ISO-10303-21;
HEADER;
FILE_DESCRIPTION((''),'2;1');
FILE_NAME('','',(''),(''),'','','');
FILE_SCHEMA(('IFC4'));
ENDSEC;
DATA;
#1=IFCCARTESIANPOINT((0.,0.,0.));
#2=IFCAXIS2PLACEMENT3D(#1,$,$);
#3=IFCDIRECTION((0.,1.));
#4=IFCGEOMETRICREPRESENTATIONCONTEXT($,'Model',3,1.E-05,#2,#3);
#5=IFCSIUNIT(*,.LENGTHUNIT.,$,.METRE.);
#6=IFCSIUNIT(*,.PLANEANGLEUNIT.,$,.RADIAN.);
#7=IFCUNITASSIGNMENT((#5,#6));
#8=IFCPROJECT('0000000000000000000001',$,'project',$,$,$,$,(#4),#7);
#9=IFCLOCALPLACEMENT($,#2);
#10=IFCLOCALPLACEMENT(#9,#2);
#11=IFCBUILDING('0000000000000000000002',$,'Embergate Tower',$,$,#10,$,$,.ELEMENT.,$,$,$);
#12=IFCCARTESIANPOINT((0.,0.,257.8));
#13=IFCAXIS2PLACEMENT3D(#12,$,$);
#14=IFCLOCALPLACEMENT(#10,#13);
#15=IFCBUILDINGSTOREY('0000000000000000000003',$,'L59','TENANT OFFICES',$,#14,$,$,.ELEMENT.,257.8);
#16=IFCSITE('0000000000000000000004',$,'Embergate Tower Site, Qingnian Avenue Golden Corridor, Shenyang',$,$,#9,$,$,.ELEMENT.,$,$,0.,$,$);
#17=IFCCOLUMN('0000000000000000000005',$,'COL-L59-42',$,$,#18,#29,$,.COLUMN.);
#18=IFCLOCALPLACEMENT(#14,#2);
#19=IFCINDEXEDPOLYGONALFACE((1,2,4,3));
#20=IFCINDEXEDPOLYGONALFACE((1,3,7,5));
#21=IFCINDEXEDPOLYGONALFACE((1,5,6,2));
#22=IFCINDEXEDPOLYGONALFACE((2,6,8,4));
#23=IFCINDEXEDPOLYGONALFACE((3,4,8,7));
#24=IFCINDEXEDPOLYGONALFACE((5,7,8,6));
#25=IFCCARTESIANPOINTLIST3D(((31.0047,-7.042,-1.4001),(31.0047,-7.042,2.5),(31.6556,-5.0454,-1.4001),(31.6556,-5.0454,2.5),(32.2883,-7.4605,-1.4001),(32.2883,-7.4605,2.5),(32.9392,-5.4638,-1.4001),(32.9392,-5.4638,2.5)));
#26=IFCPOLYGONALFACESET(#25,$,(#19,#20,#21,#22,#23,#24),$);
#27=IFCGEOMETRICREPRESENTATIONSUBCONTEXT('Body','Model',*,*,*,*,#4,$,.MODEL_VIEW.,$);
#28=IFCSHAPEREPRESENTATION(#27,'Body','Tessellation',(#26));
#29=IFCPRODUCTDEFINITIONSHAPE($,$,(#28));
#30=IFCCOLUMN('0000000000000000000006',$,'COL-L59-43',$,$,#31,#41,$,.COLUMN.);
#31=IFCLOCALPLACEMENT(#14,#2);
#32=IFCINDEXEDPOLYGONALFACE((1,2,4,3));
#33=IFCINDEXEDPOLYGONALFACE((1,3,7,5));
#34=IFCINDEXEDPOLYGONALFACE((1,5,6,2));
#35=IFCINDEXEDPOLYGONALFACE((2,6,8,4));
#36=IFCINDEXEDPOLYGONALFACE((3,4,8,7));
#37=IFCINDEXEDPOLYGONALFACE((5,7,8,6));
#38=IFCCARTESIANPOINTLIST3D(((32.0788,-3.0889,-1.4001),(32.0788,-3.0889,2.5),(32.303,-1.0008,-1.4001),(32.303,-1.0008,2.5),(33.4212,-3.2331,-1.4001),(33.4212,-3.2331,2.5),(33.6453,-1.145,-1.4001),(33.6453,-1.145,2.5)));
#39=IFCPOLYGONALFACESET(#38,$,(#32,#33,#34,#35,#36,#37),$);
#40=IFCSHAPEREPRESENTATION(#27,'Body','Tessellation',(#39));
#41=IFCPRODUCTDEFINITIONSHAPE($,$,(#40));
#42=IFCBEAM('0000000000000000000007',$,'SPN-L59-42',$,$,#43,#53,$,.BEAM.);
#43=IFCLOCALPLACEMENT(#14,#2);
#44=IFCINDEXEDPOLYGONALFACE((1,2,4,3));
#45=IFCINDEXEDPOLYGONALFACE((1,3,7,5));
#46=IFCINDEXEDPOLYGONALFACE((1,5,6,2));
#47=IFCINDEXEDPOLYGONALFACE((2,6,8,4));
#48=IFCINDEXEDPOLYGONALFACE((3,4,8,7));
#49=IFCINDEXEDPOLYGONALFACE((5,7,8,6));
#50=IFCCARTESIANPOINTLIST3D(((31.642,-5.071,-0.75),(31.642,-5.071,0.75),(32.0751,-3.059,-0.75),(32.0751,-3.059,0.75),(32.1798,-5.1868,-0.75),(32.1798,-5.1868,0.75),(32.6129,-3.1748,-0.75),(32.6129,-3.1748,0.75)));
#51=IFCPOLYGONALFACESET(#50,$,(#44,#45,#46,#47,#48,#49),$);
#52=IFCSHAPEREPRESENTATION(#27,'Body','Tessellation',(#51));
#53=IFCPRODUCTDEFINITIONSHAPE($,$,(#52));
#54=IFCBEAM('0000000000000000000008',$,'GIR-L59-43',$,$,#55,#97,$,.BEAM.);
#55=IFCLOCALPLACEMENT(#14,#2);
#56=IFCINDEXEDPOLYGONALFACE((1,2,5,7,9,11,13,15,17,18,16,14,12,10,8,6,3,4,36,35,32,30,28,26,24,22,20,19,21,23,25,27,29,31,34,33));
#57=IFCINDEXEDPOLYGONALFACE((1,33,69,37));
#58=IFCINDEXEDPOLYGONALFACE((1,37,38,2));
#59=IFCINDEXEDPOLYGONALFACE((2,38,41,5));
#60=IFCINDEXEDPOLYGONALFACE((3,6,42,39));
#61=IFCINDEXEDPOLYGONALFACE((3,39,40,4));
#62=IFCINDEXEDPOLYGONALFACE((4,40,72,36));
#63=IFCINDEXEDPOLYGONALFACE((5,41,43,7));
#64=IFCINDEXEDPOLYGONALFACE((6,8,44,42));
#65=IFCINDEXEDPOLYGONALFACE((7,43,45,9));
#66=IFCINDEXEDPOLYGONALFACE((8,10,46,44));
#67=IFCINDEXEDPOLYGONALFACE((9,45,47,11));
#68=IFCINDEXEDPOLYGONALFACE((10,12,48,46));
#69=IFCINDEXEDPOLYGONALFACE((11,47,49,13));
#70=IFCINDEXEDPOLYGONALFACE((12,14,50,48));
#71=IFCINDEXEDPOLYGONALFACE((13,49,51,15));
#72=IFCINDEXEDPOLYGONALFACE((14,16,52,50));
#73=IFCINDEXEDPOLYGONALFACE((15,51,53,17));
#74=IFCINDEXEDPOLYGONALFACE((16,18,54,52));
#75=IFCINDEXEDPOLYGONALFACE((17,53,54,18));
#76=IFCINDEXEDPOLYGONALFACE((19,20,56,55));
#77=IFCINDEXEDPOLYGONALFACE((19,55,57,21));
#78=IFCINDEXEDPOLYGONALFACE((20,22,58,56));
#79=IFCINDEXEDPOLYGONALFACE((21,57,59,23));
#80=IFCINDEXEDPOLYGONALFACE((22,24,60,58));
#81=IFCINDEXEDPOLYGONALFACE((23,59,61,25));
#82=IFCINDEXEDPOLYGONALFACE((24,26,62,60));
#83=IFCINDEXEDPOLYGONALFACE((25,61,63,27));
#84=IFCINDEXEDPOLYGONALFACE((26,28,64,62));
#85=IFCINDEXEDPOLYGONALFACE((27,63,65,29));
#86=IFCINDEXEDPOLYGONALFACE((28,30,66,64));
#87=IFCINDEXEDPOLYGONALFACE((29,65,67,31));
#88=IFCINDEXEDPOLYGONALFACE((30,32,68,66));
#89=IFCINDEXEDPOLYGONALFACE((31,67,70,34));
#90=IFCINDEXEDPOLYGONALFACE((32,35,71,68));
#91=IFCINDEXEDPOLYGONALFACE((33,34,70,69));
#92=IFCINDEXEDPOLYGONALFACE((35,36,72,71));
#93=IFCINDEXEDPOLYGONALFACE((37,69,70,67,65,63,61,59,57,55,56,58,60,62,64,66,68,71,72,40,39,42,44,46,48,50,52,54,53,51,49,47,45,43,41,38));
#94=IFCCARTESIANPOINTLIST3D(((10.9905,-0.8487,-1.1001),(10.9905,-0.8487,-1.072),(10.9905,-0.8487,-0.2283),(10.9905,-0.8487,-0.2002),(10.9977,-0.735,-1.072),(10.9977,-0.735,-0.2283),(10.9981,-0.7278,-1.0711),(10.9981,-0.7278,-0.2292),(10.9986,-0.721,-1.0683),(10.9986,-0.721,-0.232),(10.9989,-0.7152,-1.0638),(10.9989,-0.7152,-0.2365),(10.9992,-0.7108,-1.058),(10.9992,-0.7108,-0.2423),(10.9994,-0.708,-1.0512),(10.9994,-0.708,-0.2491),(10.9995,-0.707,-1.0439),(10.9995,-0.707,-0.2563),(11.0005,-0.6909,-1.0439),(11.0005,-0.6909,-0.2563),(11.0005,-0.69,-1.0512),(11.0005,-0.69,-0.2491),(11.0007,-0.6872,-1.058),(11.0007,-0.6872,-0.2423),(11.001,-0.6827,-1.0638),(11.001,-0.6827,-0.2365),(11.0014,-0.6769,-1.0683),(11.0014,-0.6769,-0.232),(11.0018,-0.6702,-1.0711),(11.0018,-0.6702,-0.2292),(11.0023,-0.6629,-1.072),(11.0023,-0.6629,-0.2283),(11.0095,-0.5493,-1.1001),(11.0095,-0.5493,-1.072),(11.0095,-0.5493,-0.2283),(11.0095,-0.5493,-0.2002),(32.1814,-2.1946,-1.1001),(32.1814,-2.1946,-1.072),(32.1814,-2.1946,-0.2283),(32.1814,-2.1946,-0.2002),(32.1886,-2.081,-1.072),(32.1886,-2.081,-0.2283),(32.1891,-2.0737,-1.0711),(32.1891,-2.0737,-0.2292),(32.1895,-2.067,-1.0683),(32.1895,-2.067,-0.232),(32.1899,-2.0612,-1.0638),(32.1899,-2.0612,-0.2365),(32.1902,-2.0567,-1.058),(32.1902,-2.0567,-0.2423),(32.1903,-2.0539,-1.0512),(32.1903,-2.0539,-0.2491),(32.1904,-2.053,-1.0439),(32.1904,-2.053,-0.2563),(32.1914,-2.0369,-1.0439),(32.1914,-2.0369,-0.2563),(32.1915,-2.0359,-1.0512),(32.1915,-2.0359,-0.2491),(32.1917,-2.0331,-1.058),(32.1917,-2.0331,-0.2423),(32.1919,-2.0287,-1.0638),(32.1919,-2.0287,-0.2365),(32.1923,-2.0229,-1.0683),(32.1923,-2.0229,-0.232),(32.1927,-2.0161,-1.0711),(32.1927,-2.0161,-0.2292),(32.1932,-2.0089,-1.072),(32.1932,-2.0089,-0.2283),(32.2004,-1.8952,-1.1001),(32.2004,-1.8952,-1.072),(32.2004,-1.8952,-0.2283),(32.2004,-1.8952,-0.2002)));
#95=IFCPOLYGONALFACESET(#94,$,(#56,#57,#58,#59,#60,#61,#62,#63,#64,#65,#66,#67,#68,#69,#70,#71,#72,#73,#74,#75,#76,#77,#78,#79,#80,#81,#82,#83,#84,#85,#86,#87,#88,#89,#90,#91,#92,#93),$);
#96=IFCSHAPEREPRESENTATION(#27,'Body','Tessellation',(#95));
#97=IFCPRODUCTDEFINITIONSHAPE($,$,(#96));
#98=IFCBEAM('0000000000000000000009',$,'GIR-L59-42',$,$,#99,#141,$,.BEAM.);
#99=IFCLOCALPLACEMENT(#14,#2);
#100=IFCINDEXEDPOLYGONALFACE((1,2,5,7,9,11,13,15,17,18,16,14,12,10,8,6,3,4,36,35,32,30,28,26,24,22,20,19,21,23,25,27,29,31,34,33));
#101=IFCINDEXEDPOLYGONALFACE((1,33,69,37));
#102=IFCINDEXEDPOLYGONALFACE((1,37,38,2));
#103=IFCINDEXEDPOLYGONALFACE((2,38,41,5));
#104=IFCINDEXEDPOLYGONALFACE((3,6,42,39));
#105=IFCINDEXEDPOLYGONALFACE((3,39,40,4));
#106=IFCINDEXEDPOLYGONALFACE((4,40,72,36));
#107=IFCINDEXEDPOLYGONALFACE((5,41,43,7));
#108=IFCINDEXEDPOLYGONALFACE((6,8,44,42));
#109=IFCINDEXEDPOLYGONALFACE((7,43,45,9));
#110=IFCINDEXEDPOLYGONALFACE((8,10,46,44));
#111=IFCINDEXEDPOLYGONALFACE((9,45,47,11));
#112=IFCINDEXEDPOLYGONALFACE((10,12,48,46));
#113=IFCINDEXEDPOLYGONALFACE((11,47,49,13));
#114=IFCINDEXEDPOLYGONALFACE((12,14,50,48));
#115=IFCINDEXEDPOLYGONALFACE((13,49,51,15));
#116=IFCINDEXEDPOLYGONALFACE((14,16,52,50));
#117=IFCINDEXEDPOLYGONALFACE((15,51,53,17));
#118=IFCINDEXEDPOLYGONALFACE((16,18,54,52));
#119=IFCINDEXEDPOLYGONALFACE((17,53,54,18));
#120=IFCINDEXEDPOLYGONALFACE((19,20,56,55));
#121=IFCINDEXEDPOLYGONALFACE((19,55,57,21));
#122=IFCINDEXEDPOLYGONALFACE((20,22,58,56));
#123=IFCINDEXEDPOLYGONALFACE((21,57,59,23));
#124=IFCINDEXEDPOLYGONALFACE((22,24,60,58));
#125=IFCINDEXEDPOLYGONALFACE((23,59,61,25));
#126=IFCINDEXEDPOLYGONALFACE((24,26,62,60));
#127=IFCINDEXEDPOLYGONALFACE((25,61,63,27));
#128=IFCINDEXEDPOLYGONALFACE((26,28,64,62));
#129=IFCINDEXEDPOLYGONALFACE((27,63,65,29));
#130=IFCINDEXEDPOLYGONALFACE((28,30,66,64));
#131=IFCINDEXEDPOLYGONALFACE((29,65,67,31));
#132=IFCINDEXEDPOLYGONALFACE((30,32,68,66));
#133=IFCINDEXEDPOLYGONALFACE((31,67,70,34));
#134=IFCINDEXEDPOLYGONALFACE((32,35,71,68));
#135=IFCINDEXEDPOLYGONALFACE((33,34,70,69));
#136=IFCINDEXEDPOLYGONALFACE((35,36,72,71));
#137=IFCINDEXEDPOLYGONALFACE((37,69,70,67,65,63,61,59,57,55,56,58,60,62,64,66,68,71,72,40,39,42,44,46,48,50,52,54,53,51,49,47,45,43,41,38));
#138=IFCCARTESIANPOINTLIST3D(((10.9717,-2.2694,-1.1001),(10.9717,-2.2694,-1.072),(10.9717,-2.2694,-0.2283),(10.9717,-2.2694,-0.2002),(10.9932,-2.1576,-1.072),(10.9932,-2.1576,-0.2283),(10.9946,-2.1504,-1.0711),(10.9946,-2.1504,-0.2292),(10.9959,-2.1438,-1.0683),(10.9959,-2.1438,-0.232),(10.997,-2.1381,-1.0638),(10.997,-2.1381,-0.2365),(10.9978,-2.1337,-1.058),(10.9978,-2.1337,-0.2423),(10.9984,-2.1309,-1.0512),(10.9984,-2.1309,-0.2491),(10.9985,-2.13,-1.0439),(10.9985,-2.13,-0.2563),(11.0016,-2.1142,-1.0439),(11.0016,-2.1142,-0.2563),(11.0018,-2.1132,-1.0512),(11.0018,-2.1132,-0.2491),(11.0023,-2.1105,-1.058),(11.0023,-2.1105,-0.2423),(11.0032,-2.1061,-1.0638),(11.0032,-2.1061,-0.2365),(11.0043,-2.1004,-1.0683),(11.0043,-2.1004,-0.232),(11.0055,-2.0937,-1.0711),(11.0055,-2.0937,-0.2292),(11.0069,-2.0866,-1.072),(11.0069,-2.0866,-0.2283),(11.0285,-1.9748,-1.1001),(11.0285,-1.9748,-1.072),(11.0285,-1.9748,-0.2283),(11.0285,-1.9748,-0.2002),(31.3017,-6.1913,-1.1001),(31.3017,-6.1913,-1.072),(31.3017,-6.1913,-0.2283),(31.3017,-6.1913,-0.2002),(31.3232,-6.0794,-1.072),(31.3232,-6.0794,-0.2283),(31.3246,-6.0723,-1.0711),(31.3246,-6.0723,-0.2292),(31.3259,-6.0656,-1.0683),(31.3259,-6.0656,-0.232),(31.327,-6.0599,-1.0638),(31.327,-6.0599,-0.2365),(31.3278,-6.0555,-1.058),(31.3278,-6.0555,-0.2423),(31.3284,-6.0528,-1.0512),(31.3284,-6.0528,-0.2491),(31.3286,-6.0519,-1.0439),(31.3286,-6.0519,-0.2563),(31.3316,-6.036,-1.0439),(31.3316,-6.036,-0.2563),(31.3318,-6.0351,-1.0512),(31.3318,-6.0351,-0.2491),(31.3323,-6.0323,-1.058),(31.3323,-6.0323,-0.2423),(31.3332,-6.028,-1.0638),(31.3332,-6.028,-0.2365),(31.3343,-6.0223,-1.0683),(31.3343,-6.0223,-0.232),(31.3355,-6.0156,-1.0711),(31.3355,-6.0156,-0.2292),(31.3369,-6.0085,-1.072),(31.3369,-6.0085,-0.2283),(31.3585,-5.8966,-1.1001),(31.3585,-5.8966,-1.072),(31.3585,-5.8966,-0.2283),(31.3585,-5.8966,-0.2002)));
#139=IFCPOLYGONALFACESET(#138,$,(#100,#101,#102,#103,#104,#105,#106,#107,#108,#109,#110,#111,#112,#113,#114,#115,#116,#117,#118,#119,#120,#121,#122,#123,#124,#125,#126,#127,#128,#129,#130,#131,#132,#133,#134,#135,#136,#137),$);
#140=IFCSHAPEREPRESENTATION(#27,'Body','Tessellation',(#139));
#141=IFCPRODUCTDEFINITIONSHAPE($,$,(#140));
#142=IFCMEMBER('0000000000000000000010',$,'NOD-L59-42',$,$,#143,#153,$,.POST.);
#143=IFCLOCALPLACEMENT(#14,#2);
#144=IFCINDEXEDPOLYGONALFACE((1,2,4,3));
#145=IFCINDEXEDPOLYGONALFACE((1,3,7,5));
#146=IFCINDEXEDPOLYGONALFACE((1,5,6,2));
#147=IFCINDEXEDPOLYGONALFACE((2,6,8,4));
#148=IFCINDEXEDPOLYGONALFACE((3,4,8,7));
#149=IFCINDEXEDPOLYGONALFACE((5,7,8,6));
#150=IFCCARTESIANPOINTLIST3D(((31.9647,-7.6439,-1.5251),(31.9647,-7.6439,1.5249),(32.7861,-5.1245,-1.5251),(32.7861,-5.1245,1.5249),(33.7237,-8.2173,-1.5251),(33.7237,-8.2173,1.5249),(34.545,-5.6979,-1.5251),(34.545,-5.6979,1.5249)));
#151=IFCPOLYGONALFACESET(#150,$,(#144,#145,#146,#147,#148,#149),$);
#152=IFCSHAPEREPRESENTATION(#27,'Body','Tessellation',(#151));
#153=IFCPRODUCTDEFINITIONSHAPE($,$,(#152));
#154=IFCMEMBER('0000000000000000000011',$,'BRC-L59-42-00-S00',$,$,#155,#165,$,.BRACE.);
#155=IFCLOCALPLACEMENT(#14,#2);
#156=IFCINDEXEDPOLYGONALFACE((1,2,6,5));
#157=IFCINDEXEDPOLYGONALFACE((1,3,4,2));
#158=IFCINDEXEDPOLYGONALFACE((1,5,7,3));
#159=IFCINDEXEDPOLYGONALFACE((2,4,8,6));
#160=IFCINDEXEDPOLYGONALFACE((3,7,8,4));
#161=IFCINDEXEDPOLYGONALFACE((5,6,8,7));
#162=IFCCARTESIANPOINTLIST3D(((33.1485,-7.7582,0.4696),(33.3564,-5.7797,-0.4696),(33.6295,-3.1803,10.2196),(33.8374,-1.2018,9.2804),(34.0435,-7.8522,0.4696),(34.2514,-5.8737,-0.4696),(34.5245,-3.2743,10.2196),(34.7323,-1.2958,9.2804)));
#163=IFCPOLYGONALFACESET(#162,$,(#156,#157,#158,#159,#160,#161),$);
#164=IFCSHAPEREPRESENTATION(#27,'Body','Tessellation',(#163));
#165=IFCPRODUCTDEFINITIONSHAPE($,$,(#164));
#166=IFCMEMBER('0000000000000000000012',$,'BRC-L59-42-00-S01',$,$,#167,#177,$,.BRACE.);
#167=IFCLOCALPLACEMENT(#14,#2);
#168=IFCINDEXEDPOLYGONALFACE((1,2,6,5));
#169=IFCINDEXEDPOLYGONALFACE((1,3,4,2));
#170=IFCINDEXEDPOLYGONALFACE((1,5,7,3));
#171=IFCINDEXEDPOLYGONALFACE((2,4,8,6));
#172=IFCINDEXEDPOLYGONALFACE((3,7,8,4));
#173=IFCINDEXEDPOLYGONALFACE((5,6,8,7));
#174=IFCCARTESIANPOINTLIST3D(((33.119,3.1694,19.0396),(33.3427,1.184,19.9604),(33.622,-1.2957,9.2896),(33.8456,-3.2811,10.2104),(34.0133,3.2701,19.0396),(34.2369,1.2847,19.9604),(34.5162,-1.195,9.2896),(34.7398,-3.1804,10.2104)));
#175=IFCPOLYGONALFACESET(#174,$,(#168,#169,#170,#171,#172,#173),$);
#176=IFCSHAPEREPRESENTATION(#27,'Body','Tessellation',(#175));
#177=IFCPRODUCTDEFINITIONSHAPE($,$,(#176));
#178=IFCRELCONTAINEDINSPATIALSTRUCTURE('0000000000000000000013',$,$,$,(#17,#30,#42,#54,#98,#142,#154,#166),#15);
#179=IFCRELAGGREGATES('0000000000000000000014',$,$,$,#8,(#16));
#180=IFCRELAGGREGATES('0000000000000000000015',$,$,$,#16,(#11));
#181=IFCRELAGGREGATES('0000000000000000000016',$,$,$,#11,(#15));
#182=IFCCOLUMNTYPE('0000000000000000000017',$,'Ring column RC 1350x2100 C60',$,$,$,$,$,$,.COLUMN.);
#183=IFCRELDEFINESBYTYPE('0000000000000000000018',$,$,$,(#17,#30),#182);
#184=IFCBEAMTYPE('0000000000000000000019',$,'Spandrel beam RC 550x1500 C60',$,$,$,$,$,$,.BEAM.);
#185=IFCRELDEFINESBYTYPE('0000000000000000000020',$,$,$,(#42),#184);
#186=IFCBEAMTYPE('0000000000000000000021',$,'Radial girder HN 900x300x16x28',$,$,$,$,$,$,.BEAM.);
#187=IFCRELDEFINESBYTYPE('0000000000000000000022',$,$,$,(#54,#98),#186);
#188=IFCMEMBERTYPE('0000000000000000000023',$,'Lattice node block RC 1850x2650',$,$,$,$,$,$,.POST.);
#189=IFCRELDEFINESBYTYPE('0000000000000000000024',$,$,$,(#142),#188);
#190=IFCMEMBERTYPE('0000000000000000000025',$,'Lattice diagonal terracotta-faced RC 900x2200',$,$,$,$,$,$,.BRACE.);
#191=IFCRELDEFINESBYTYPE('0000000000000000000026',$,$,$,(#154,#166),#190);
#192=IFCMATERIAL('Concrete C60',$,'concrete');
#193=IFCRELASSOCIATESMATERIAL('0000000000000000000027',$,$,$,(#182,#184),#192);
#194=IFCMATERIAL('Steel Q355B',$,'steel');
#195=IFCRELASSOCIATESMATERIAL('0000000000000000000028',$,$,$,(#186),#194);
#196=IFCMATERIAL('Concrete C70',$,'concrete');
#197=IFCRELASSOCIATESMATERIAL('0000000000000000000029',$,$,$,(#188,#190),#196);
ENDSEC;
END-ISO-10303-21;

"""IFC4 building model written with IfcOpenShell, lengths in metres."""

from ifc_helpers import new_model, si_unit, direction, frame, origin, origin_2d, place, context, subcontext, project, spatial, rectangle, i_section, extrude, source, transform, mapped, material, material_profile, profile_set, type_object, element, save


model = new_model("IFC4")

# Units and contexts
model_context = context("Model", 3, precision=1e-05, world=origin(), true_north=direction((0.0, 1.0)))
body_context = subcontext(model_context, "Body", "Model", "MODEL_VIEW")
ifc_project = project(units=[si_unit("LENGTHUNIT", "METRE"), si_unit("PLANEANGLEUNIT", "RADIAN")], contexts=[model_context])

# Site, building, storey
site_placement = place(None, origin())
site = spatial("IfcSite", under=ifc_project, at=site_placement, Name="Embergate Tower Site, Qingnian Avenue Golden Corridor, Shenyang", CompositionType="ELEMENT", RefElevation=0.0)
building_placement = place(site_placement, origin())
building = spatial("IfcBuilding", under=site, at=building_placement, Name="Embergate Tower", CompositionType="ELEMENT")
storey_placement = place(building_placement, frame((0.0, 0.0, 257.8)))
storey = spatial("IfcBuildingStorey", under=building, at=storey_placement, Name="L59", Description="TENANT OFFICES", CompositionType="ELEMENT", Elevation=257.8)

# Columns
ifc_material_1 = material(Name="Concrete C60", Category="concrete")
ifc_material_profile_1 = material_profile(ifc_material_1, rectangle(XDim=1.3501, YDim=2.1001, at=origin_2d()), Name="RC 1350x2100")
ifc_profile_set_1 = profile_set([ifc_material_profile_1], Name="Concrete C60")
column_type = type_object("IfcColumnType", Name="Ring column RC 1350x2100 C60", PredefinedType="COLUMN", material=ifc_profile_set_1)
shared_shape_1 = source(origin(), body_context, "Body", "SweptSolid", [
    extrude(rectangle(XDim=1.3501, YDim=2.1001, at=origin_2d()), origin(), (0.0, 0.0, 1.0), 3.9001),
])
for number, where, z_axis, x_axis, name in (
    (1, (31.9719, -6.2529, -1.4001), (0.0, 0.0, 1.0), (0.950754, -0.309946, 0.0), "COL-L59-42"),
    (2, (32.8621, -2.1169, -1.4001), (0.0, 0.0, 1.0), (0.994286, -0.10675, 0.0), "COL-L59-43"),
):
    element("IfcColumn", number, at=place(storey_placement, frame(where, z_axis=z_axis, x_axis=x_axis)), inside=storey, type_object=column_type, Name=name, PredefinedType="COLUMN", context=body_context, shape_type="MappedRepresentation", body=[
        mapped(shared_shape_1, transform((0.0, 0.0, 0.0))),
    ])

# Beams
ifc_material_profile_2 = material_profile(ifc_material_1, rectangle(XDim=0.55, YDim=1.5, at=origin_2d()), Name="RC 550x1500")
ifc_profile_set_2 = profile_set([ifc_material_profile_2], Name="Concrete C60")
beam_type_1 = type_object("IfcBeamType", Name="Spandrel beam RC 550x1500 C60", PredefinedType="BEAM", material=ifc_profile_set_2)
shared_shape_2 = source(origin(), body_context, "Body", "SweptSolid", [
    extrude(rectangle(XDim=0.55, YDim=1.5, at=origin_2d()), origin(), (0.0, 0.0, 1.0), 2.0581),
])
beam_1_placement = place(storey_placement, frame((31.9109, -5.1289, 0.0), z_axis=(0.210444, 0.977606, 0.0), x_axis=(-0.977606, 0.210444, 0.0)))
element("IfcBeam", 3, at=beam_1_placement, inside=storey, type_object=beam_type_1, Name="SPN-L59-42", PredefinedType="BEAM", context=body_context, shape_type="MappedRepresentation", body=[
    mapped(shared_shape_2, transform((0.0, 0.0, 0.0))),
])
ifc_material_2 = material(Name="Steel Q355B", Category="steel")
ifc_material_profile_3 = material_profile(ifc_material_2, i_section(OverallWidth=0.3, OverallDepth=0.8999, WebThickness=0.0161, FlangeThickness=0.0281, FilletRadius=0.0281, at=origin_2d()), Name="HN 900x300x16x28")
ifc_profile_set_3 = profile_set([ifc_material_profile_3], Name="Steel Q355 grade B")
beam_type_2 = type_object("IfcBeamType", Name="Radial girder HN 900x300x16x28", PredefinedType="BEAM", material=ifc_profile_set_3)
shared_shape_3 = source(origin(), body_context, "Body", "SweptSolid", [
    extrude(i_section(OverallWidth=0.3, OverallDepth=0.8999, WebThickness=0.0161, FlangeThickness=0.0281, FilletRadius=0.0281, at=origin_2d()), origin(), (0.0, 0.0, 1.0), 21.2336),
])
beam_2_placement = place(storey_placement, frame((32.1909, -2.0449, -0.6501), z_axis=(-0.997989, 0.063388, 0.0), x_axis=(-0.063388, -0.997989, 0.0)))
element("IfcBeam", 4, at=beam_2_placement, inside=storey, type_object=beam_type_2, Name="GIR-L59-43", PredefinedType="BEAM", context=body_context, shape_type="MappedRepresentation", body=[
    mapped(shared_shape_3, transform((0.0, 0.0, 0.0))),
])
shared_shape_4 = source(origin(), body_context, "Body", "SweptSolid", [
    extrude(i_section(OverallWidth=0.3, OverallDepth=0.8999, WebThickness=0.0161, FlangeThickness=0.0281, FilletRadius=0.0281, at=origin_2d()), origin(), (0.0, 0.0, 1.0), 20.7048),
])
beam_3_placement = place(storey_placement, frame((31.3301, -6.0439, -0.6501), z_axis=(-0.981897, 0.189418, 0.0), x_axis=(-0.189418, -0.981897, 0.0)))
element("IfcBeam", 5, at=beam_3_placement, inside=storey, type_object=beam_type_2, Name="GIR-L59-42", PredefinedType="BEAM", context=body_context, shape_type="MappedRepresentation", body=[
    mapped(shared_shape_4, transform((0.0, 0.0, 0.0))),
])

# Members
ifc_material_3 = material(Name="Concrete C70", Category="concrete")
ifc_material_profile_4 = material_profile(ifc_material_3, rectangle(XDim=1.8501, YDim=2.6499, at=origin_2d()), Name="RC 1850x2650")
ifc_profile_set_4 = profile_set([ifc_material_profile_4], Name="Concrete C70")
member_type_1 = type_object("IfcMemberType", Name="Lattice node block RC 1850x2650", PredefinedType="POST", material=ifc_profile_set_4)
shared_shape_5 = source(origin(), body_context, "Body", "SweptSolid", [
    extrude(rectangle(XDim=1.8501, YDim=2.6499, at=origin_2d()), origin(), (0.0, 0.0, 1.0), 3.05),
])
member_1_placement = place(storey_placement, frame((33.2549, -6.6709, -1.5251), z_axis=(0.0, 0.0, 1.0), x_axis=(0.950754, -0.309946, 0.0)))
element("IfcMember", 6, at=member_1_placement, inside=storey, type_object=member_type_1, Name="NOD-L59-42", PredefinedType="POST", context=body_context, shape_type="MappedRepresentation", body=[
    mapped(shared_shape_5, transform((0.0, 0.0, 0.0))),
])
ifc_material_profile_5 = material_profile(ifc_material_3, rectangle(XDim=0.8999, YDim=2.2, at=origin_2d()), Name="RC 900x2200")
ifc_profile_set_5 = profile_set([ifc_material_profile_5], Name="Concrete C70")
member_type_2 = type_object("IfcMemberType", Name="Lattice diagonal terracotta-faced RC 900x2200", PredefinedType="BRACE", material=ifc_profile_set_5)
shared_shape_6 = source(origin(), body_context, "Body", "SweptSolid", [
    extrude(rectangle(XDim=0.8999, YDim=2.2, at=origin_2d()), origin(), (0.0, 0.0, 1.0), 10.782),
])
member_2_placement = place(storey_placement, frame((33.7, -6.8159, 0.0), z_axis=(0.044608, 0.424587, 0.904288), x_axis=(-0.994526, 0.104486, 0.0)))
element("IfcMember", 7, at=member_2_placement, inside=storey, type_object=member_type_2, Name="BRC-L59-42-00-S00", PredefinedType="BRACE", context=body_context, shape_type="MappedRepresentation", body=[
    mapped(shared_shape_6, transform((0.0, 0.0, 0.0))),
])
shared_shape_7 = source(origin(), body_context, "Body", "SweptSolid", [
    extrude(rectangle(XDim=0.8999, YDim=2.2, at=origin_2d()), origin(), (0.0, 0.0, 1.0), 10.7356),
])
member_3_placement = place(storey_placement, frame((34.1809, -2.238, 9.75), z_axis=(-0.046847, 0.415915, 0.908196), x_axis=(-0.993716, -0.111928, 0.0)))
element("IfcMember", 8, at=member_3_placement, inside=storey, type_object=member_type_2, Name="BRC-L59-42-00-S01", PredefinedType="BRACE", context=body_context, shape_type="MappedRepresentation", body=[
    mapped(shared_shape_7, transform((0.0, 0.0, 0.0))),
])

save(model, "model.ifc")
